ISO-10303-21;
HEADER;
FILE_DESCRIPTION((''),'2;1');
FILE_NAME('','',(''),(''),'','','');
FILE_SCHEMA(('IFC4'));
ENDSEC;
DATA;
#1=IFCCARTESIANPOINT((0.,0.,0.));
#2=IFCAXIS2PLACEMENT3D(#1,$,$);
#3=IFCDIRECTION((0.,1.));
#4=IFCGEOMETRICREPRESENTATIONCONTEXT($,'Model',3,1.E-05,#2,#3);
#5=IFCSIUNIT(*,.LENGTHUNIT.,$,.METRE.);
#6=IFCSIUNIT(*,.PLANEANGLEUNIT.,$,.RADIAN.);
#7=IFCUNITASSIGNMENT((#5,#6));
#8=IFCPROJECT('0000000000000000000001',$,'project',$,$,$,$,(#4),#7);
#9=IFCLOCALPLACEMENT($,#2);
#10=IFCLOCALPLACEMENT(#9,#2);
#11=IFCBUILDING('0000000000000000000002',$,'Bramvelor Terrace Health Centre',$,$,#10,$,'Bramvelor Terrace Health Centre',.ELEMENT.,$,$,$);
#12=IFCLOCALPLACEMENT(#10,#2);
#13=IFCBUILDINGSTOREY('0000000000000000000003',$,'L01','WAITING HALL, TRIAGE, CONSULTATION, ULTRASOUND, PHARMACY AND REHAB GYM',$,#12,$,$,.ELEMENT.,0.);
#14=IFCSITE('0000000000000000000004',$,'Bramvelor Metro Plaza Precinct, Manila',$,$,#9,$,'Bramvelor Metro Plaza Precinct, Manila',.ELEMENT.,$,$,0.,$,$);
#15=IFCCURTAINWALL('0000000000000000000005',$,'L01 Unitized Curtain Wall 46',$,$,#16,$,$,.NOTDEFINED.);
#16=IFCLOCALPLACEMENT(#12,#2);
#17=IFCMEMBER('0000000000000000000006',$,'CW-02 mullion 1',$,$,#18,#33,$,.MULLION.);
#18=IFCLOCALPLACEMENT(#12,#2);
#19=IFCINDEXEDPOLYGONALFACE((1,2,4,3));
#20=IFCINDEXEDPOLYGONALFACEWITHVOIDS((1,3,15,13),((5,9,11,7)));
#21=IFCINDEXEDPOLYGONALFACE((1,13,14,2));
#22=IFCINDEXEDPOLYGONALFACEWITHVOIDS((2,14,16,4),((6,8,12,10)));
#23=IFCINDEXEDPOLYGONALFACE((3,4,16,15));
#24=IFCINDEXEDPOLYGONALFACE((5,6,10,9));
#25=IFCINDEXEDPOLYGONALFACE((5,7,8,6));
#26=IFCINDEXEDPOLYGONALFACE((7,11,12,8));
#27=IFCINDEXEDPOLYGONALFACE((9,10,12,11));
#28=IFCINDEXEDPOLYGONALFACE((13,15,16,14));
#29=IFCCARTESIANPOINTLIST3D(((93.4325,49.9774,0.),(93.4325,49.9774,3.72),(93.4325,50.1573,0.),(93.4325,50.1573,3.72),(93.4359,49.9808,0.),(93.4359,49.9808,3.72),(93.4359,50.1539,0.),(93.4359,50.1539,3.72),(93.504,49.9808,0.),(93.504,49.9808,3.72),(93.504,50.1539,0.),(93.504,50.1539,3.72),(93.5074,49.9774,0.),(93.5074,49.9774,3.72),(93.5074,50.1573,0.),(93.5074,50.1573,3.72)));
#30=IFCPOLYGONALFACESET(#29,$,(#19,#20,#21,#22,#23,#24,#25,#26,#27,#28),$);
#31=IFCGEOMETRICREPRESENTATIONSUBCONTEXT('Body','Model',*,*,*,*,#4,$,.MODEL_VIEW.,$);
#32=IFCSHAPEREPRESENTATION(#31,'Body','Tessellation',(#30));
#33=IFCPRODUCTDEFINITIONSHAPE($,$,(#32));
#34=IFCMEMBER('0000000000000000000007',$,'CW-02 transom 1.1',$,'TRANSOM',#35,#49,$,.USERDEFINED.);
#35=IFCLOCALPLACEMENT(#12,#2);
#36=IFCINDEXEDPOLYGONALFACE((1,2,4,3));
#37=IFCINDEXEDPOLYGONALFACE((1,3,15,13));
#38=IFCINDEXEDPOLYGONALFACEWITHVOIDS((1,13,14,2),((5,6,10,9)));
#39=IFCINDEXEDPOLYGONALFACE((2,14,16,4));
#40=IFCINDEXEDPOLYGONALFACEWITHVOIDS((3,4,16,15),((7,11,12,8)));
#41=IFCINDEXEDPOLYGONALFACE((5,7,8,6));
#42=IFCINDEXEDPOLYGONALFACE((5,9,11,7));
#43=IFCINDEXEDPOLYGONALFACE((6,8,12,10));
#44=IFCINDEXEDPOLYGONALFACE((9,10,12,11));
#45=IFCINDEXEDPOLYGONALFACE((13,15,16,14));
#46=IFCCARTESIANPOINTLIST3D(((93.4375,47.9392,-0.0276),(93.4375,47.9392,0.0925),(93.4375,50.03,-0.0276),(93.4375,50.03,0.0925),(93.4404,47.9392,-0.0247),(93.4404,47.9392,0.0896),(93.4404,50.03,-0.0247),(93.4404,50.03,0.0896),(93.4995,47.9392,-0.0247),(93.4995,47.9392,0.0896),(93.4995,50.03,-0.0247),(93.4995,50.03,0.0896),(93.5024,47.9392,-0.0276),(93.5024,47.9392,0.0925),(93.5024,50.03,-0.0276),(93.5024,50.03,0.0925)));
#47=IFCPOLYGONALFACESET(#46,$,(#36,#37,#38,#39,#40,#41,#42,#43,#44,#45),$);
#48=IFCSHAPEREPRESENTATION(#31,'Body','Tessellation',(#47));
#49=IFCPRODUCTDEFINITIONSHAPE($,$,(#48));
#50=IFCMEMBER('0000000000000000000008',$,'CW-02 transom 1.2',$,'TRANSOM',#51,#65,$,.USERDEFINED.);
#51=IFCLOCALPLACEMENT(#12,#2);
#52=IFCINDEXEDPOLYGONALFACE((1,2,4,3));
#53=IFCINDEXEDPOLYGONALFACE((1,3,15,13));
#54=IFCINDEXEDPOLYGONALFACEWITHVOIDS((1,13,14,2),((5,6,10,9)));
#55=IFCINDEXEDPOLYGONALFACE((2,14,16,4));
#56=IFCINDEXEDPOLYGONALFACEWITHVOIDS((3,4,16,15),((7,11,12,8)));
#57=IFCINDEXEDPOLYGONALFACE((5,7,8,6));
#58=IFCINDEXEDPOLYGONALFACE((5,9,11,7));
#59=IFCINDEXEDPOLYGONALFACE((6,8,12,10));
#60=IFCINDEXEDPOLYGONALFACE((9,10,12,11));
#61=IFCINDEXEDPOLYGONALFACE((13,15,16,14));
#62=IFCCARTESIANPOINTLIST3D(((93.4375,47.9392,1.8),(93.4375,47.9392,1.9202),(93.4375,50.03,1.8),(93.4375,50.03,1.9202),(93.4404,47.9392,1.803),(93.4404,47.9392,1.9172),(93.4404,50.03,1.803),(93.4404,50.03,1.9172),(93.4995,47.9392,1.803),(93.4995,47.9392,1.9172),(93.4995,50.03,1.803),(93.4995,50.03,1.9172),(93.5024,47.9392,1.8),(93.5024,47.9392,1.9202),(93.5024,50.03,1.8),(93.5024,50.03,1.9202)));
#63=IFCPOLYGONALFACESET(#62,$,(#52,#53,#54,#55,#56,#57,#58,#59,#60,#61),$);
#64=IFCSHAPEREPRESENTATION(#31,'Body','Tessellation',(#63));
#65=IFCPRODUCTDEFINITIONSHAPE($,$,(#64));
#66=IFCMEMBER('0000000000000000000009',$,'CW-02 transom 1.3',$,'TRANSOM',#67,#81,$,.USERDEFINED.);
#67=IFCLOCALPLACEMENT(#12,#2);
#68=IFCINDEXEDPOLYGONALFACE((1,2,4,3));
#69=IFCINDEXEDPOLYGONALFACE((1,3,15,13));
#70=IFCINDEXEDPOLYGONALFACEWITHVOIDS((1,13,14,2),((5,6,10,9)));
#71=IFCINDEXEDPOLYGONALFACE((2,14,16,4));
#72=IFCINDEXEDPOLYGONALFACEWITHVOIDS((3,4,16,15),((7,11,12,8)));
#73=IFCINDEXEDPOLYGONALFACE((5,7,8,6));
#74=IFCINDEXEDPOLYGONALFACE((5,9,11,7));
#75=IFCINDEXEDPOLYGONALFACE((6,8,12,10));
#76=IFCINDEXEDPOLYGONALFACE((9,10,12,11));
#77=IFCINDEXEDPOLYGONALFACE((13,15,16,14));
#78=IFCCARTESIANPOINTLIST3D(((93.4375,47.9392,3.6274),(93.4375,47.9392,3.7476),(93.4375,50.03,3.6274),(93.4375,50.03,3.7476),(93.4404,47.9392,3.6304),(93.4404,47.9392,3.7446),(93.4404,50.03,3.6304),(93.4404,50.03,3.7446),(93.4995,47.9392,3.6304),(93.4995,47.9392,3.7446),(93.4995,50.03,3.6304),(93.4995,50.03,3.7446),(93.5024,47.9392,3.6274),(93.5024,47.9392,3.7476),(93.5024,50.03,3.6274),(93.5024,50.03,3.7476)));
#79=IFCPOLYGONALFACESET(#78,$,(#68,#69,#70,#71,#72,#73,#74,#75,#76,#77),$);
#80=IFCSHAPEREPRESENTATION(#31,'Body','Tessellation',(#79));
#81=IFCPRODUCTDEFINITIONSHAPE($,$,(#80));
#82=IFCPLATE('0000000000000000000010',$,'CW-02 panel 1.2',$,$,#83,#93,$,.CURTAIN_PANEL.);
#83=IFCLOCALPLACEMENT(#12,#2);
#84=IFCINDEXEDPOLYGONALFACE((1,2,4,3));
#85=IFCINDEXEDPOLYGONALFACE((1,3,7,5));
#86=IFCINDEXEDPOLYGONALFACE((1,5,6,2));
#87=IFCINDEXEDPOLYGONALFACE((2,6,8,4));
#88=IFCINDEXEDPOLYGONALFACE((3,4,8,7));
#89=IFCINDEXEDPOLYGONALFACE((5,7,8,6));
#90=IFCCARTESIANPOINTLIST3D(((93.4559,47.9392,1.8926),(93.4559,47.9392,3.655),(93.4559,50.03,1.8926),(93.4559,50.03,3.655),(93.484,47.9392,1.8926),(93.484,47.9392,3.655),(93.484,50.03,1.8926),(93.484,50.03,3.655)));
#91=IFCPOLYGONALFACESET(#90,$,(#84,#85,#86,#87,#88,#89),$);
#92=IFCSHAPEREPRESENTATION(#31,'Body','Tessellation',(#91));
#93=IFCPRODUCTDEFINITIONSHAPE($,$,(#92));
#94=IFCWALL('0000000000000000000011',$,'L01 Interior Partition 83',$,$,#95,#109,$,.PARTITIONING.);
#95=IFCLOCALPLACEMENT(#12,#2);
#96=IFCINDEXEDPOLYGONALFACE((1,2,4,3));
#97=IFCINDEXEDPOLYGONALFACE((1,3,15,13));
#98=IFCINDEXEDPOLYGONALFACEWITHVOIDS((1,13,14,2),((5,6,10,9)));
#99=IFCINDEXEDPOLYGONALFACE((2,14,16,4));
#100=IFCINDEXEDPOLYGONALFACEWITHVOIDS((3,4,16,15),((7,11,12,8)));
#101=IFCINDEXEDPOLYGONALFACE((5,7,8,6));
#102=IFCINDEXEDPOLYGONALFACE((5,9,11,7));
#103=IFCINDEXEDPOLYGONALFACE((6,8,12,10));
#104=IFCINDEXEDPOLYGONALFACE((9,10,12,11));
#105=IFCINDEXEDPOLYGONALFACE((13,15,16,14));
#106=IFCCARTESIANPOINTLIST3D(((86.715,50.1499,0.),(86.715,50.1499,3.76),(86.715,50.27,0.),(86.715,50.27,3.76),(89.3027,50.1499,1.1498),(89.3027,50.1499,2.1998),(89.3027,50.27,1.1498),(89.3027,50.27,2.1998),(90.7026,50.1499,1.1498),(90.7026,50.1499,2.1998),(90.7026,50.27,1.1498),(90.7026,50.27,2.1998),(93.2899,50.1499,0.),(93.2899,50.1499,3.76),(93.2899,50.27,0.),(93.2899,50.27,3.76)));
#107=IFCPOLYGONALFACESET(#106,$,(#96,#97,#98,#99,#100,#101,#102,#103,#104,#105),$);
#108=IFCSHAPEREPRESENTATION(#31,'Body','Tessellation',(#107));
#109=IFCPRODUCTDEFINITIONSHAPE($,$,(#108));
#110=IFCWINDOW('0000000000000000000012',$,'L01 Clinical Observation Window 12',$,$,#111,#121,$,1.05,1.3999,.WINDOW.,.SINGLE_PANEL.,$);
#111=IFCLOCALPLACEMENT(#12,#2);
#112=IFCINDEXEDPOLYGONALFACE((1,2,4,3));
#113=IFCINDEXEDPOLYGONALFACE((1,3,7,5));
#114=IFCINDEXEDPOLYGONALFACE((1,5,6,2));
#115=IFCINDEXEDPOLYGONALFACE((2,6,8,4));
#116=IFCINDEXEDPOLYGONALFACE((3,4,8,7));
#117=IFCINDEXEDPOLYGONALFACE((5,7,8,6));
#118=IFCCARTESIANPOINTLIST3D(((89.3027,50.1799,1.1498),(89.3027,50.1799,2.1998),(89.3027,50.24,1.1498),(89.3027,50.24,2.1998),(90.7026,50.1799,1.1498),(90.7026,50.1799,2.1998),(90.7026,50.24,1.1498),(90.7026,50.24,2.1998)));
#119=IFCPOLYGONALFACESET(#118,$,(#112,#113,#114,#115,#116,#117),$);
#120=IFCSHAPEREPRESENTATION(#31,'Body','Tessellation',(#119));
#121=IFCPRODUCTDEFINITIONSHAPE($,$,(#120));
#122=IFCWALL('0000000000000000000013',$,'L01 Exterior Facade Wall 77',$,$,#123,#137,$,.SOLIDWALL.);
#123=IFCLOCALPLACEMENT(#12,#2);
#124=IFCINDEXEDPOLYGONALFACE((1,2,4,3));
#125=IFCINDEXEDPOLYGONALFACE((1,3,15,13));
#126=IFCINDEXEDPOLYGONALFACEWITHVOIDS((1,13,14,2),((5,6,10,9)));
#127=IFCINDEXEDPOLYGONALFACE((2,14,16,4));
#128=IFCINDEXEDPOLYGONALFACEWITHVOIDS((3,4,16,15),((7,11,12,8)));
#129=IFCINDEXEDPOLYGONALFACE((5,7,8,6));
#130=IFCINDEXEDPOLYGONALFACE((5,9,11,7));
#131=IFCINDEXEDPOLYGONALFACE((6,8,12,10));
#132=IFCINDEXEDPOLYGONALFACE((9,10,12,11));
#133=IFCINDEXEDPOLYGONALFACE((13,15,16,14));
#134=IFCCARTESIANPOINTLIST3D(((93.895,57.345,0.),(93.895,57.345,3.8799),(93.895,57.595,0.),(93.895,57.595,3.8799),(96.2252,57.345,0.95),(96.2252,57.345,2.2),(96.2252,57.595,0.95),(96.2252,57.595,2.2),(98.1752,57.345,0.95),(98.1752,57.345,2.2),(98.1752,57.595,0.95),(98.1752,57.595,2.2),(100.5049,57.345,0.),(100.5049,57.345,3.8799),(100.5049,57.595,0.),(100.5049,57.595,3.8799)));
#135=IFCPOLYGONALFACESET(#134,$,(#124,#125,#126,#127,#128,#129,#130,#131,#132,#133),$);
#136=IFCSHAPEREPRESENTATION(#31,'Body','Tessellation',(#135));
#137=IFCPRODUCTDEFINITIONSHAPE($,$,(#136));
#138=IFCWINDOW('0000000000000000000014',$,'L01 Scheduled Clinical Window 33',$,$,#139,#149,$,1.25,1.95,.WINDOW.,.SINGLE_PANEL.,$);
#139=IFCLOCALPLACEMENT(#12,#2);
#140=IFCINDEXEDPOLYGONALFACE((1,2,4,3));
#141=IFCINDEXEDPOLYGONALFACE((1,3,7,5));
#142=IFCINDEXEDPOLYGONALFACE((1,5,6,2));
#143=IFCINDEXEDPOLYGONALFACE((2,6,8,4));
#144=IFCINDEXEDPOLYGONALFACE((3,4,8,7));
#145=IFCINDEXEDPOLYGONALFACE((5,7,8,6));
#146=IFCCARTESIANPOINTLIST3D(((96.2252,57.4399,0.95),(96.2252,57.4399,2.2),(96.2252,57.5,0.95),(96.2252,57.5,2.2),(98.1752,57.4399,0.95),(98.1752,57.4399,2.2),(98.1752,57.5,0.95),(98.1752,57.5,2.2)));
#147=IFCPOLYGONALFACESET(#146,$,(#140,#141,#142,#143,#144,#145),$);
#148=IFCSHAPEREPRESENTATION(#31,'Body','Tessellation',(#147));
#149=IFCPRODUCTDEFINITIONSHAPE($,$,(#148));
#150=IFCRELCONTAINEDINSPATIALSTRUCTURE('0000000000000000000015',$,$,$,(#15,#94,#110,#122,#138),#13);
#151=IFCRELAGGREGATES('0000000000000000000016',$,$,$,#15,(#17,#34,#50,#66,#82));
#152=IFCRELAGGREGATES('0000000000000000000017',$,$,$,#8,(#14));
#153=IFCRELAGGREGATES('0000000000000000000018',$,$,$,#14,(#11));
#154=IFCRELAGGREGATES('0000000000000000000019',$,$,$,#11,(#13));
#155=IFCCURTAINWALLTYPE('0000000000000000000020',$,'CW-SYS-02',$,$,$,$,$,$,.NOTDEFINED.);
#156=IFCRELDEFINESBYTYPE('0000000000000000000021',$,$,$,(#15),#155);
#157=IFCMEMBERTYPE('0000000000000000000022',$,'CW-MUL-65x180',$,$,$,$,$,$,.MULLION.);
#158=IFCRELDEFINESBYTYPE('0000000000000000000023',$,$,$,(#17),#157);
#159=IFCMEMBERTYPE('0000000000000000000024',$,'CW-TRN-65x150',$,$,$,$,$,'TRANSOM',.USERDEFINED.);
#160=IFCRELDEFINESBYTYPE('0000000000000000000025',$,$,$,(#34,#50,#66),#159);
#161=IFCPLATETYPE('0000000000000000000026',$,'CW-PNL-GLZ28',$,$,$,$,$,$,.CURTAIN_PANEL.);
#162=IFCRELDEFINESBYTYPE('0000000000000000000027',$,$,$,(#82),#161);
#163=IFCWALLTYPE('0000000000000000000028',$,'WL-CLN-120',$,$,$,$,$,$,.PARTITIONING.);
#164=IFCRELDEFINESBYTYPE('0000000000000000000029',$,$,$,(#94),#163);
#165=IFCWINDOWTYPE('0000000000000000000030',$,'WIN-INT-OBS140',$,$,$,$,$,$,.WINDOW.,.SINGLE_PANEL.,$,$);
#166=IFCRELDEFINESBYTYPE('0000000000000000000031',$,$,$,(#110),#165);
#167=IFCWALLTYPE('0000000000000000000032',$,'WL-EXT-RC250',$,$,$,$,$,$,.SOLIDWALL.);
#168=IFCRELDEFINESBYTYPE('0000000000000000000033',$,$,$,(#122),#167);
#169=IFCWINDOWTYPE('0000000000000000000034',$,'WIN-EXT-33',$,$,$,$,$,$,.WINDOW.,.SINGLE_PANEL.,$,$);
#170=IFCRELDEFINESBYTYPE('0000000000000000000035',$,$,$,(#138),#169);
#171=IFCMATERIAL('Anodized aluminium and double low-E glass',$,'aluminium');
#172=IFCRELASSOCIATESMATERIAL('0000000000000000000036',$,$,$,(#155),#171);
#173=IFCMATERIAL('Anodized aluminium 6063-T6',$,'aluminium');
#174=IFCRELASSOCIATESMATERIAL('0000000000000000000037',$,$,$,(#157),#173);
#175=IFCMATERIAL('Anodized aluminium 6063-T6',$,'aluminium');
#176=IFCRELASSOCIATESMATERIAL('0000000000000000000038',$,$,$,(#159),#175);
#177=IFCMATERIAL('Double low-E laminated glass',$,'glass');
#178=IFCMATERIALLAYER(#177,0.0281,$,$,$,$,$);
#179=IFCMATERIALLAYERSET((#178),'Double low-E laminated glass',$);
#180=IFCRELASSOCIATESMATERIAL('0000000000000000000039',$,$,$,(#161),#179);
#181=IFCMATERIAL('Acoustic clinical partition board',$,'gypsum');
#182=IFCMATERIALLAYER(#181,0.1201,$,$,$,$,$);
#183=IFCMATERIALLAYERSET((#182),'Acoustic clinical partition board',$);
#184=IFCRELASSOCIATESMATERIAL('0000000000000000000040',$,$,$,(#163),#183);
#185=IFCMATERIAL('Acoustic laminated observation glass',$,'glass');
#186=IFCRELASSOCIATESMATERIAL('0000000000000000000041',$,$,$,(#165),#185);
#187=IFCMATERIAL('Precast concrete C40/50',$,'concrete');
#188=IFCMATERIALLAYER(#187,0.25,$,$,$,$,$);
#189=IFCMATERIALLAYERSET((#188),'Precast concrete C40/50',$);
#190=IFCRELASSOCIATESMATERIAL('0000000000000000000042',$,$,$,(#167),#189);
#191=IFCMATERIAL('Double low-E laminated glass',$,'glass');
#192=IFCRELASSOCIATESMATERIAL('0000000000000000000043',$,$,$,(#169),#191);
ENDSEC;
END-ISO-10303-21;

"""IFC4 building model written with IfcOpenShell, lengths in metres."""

from ifc_helpers import new_model, si_unit, direction, frame, frame_2d, origin, origin_2d, place, context, subcontext, project, spatial, rectangle, hollow_rectangle, extrude, material, layer, layer_set, material_profile, profile_set, type_object, element, fill, aggregate, save


model = new_model("IFC4")

# Units and contexts
model_context = context("Model", 3, precision=1e-05, world=origin(), true_north=direction((0.0, 1.0)))
body_context = subcontext(model_context, "Body", "Model", "MODEL_VIEW")
ifc_project = project(units=[si_unit("LENGTHUNIT", "METRE"), si_unit("PLANEANGLEUNIT", "RADIAN")], contexts=[model_context])

# Site, building, storey
site_placement = place(None, origin())
site = spatial("IfcSite", under=ifc_project, at=site_placement, Name="Bramvelor Metro Plaza Precinct, Manila", LongName="Bramvelor Metro Plaza Precinct, Manila", CompositionType="ELEMENT", RefElevation=0.0)
building_placement = place(site_placement, origin())
building = spatial("IfcBuilding", under=site, at=building_placement, Name="Bramvelor Terrace Health Centre", LongName="Bramvelor Terrace Health Centre", CompositionType="ELEMENT")
storey_placement = place(building_placement, origin())
storey = spatial("IfcBuildingStorey", under=building, at=storey_placement, Name="L01", Description="WAITING HALL, TRIAGE, CONSULTATION, ULTRASOUND, PHARMACY AND REHAB GYM", CompositionType="ELEMENT", Elevation=0.0)

# Curtain wall, members, plate
ifc_material_1 = material(Name="Anodized aluminium and double low-E glass", Category="aluminium")
curtain_wall_type = type_object("IfcCurtainWallType", Name="CW-SYS-02", PredefinedType="NOTDEFINED", material=ifc_material_1)
curtain_wall_placement = place(storey_placement, origin())
curtain_wall = element("IfcCurtainWall", 1, at=curtain_wall_placement, inside=storey, type_object=curtain_wall_type, Name="L01 Unitized Curtain Wall 46", PredefinedType="NOTDEFINED")
ifc_material_2 = material(Name="Anodized aluminium 6063-T6", Category="aluminium")
ifc_material_profile_1 = material_profile(ifc_material_2, hollow_rectangle(XDim=0.075, YDim=0.1799, WallThickness=0.0034, at=origin_2d()), Name="ALU-MUL 75x180x3.5")
ifc_profile_set_1 = profile_set([ifc_material_profile_1], Name="Anodized aluminium 6063-T6")
member_type_1 = type_object("IfcMemberType", Name="CW-MUL-65x180", PredefinedType="MULLION", material=ifc_profile_set_1)
member_1_placement = place(storey_placement, frame((93.47, 50.0674, 0.0), z_axis=(0.0, 0.0, 1.0), x_axis=(1.0, 0.0, 0.0)))
member_1 = element("IfcMember", 2, at=member_1_placement, type_object=member_type_1, Name="CW-02 mullion 1", PredefinedType="MULLION", context=body_context, shape_type="SweptSolid", body=[
    extrude(hollow_rectangle(XDim=0.075, YDim=0.1799, WallThickness=0.0034, at=origin_2d()), origin(), (0.0, 0.0, 1.0), 3.72),
])
ifc_material_3 = material(Name="Anodized aluminium 6063-T6", Category="aluminium")
ifc_material_profile_2 = material_profile(ifc_material_3, hollow_rectangle(XDim=0.0649, YDim=0.1201, WallThickness=0.0029, at=origin_2d()), Name="ALU-TRN 65x120x3.0")
ifc_profile_set_2 = profile_set([ifc_material_profile_2], Name="Anodized aluminium 6063-T6")
member_type_2 = type_object("IfcMemberType", Name="CW-TRN-65x150", ElementType="TRANSOM", PredefinedType="USERDEFINED", material=ifc_profile_set_2)
member_2_placement = place(storey_placement, frame((93.47, 50.03, 0.0325), z_axis=(0.0, -1.0, 0.0), x_axis=(1.0, 0.0, 0.0)))
member_2 = element("IfcMember", 3, at=member_2_placement, type_object=member_type_2, Name="CW-02 transom 1.1", ObjectType="TRANSOM", PredefinedType="USERDEFINED", context=body_context, shape_type="SweptSolid", body=[
    extrude(hollow_rectangle(XDim=0.0649, YDim=0.1201, WallThickness=0.0029, at=origin_2d()), origin(), (0.0, 0.0, 1.0), 2.0908),
])
member_3_placement = place(storey_placement, frame((93.47, 50.03, 1.8601), z_axis=(0.0, -1.0, 0.0), x_axis=(1.0, 0.0, 0.0)))
member_3 = element("IfcMember", 4, at=member_3_placement, type_object=member_type_2, Name="CW-02 transom 1.2", ObjectType="TRANSOM", PredefinedType="USERDEFINED", context=body_context, shape_type="SweptSolid", body=[
    extrude(hollow_rectangle(XDim=0.0649, YDim=0.1201, WallThickness=0.0029, at=origin_2d()), origin(), (0.0, 0.0, 1.0), 2.0908),
])
member_4_placement = place(storey_placement, frame((93.47, 50.03, 3.6875), z_axis=(0.0, -1.0, 0.0), x_axis=(1.0, 0.0, 0.0)))
member_4 = element("IfcMember", 5, at=member_4_placement, type_object=member_type_2, Name="CW-02 transom 1.3", ObjectType="TRANSOM", PredefinedType="USERDEFINED", context=body_context, shape_type="SweptSolid", body=[
    extrude(hollow_rectangle(XDim=0.0649, YDim=0.1201, WallThickness=0.0029, at=origin_2d()), origin(), (0.0, 0.0, 1.0), 2.0908),
])
ifc_material_4 = material(Name="Double low-E laminated glass", Category="glass")
ifc_layer_1 = layer(ifc_material_4, 0.0281)
ifc_layer_set_1 = layer_set([ifc_layer_1], Name="Double low-E laminated glass")
plate_type = type_object("IfcPlateType", Name="CW-PNL-GLZ28", PredefinedType="CURTAIN_PANEL", material=ifc_layer_set_1)
plate_placement = place(storey_placement, frame((93.47, 48.9846, 1.8926), z_axis=(0.0, 0.0, 1.0), x_axis=(0.0, -1.0, 0.0)))
plate = element("IfcPlate", 6, at=plate_placement, type_object=plate_type, Name="CW-02 panel 1.2", PredefinedType="CURTAIN_PANEL", context=body_context, shape_type="SweptSolid", body=[
    extrude(rectangle(XDim=2.0908, YDim=0.0281, at=origin_2d()), origin(), (0.0, 0.0, 1.0), 1.7625),
])
aggregate(curtain_wall, [member_1, member_2, member_3, member_4, plate])

# Walls, openings, windows
ifc_material_5 = material(Name="Acoustic clinical partition board", Category="gypsum")
ifc_layer_2 = layer(ifc_material_5, 0.1201)
ifc_layer_set_2 = layer_set([ifc_layer_2], Name="Acoustic clinical partition board")
wall_type_1 = type_object("IfcWallType", Name="WL-CLN-120", PredefinedType="PARTITIONING", material=ifc_layer_set_2)
wall_1_placement = place(storey_placement, frame((93.29, 50.21, 0.0), z_axis=(0.0, 0.0, 1.0), x_axis=(-1.0, 0.0, 0.0)))
wall_1 = element("IfcWall", 7, at=wall_1_placement, inside=storey, type_object=wall_type_1, Name="L01 Interior Partition 83", PredefinedType="PARTITIONING", context=body_context, shape_type="SweptSolid", body=[
    extrude(rectangle(XDim=6.575, YDim=0.1201, at=frame_2d((3.2876, 0.0))), origin(), (0.0, 0.0, 1.0), 3.76),
])
opening_1_placement = place(wall_1_placement, frame((2.5874, 0.0, 1.1499)))
opening_1 = element("IfcOpeningElement", 8, at=opening_1_placement, cuts=wall_1, PredefinedType="OPENING", context=body_context, shape_type="SweptSolid", body=[
    extrude(rectangle(XDim=1.3999, YDim=1.05, at=frame_2d((0.7, 0.5249))), frame((0.0, 0.0701, 0.0), z_axis=(0.0, -1.0, 0.0), x_axis=(1.0, 0.0, 0.0)), (0.0, 0.0, 1.0), 0.1401),
])
ifc_material_6 = material(Name="Acoustic laminated observation glass", Category="glass")
window_type_1 = type_object("IfcWindowType", Name="WIN-INT-OBS140", PartitioningType="SINGLE_PANEL", PredefinedType="WINDOW", material=ifc_material_6)
window_1_placement = place(opening_1_placement, origin())
window_1 = element("IfcWindow", 9, at=window_1_placement, inside=storey, type_object=window_type_1, Name="L01 Clinical Observation Window 12", OverallHeight=1.05, OverallWidth=1.3999, PartitioningType="SINGLE_PANEL", PredefinedType="WINDOW", context=body_context, shape_type="SweptSolid", body=[
    extrude(rectangle(XDim=1.3999, YDim=1.05, at=frame_2d((0.7, 0.5249))), frame((0.0, 0.03, 0.0), z_axis=(0.0, -1.0, 0.0), x_axis=(1.0, 0.0, 0.0)), (0.0, 0.0, 1.0), 0.0601),
])
fill(opening_1, window_1)
ifc_material_7 = material(Name="Precast concrete C40/50", Category="concrete")
ifc_layer_3 = layer(ifc_material_7, 0.25)
ifc_layer_set_3 = layer_set([ifc_layer_3], Name="Precast concrete C40/50")
wall_type_2 = type_object("IfcWallType", Name="WL-EXT-RC250", PredefinedType="SOLIDWALL", material=ifc_layer_set_3)
wall_2_placement = place(storey_placement, frame((93.895, 57.47, 0.0), z_axis=(0.0, 0.0, 1.0), x_axis=(1.0, 0.0, 0.0)))
wall_2 = element("IfcWall", 10, at=wall_2_placement, inside=storey, type_object=wall_type_2, Name="L01 Exterior Facade Wall 77", PredefinedType="SOLIDWALL", context=body_context, shape_type="SweptSolid", body=[
    extrude(rectangle(XDim=6.6099, YDim=0.25, at=frame_2d((3.3049, 0.0))), origin(), (0.0, 0.0, 1.0), 3.8799),
])
opening_2_placement = place(wall_2_placement, frame((2.3301, 0.0, 0.95)))
opening_2 = element("IfcOpeningElement", 11, at=opening_2_placement, cuts=wall_2, PredefinedType="OPENING", context=body_context, shape_type="SweptSolid", body=[
    extrude(rectangle(XDim=1.95, YDim=1.25, at=frame_2d((0.9751, 0.625))), frame((0.0, 0.135, 0.0), z_axis=(0.0, -1.0, 0.0), x_axis=(1.0, 0.0, 0.0)), (0.0, 0.0, 1.0), 0.27),
])
ifc_material_8 = material(Name="Double low-E laminated glass", Category="glass")
window_type_2 = type_object("IfcWindowType", Name="WIN-EXT-33", PartitioningType="SINGLE_PANEL", PredefinedType="WINDOW", material=ifc_material_8)
window_2_placement = place(opening_2_placement, origin())
window_2 = element("IfcWindow", 12, at=window_2_placement, inside=storey, type_object=window_type_2, Name="L01 Scheduled Clinical Window 33", OverallHeight=1.25, OverallWidth=1.95, PartitioningType="SINGLE_PANEL", PredefinedType="WINDOW", context=body_context, shape_type="SweptSolid", body=[
    extrude(rectangle(XDim=1.95, YDim=1.25, at=frame_2d((0.9751, 0.625))), frame((0.0, 0.03, 0.0), z_axis=(0.0, -1.0, 0.0), x_axis=(1.0, 0.0, 0.0)), (0.0, 0.0, 1.0), 0.0601),
])
fill(opening_2, window_2)

save(model, "model.ifc")
